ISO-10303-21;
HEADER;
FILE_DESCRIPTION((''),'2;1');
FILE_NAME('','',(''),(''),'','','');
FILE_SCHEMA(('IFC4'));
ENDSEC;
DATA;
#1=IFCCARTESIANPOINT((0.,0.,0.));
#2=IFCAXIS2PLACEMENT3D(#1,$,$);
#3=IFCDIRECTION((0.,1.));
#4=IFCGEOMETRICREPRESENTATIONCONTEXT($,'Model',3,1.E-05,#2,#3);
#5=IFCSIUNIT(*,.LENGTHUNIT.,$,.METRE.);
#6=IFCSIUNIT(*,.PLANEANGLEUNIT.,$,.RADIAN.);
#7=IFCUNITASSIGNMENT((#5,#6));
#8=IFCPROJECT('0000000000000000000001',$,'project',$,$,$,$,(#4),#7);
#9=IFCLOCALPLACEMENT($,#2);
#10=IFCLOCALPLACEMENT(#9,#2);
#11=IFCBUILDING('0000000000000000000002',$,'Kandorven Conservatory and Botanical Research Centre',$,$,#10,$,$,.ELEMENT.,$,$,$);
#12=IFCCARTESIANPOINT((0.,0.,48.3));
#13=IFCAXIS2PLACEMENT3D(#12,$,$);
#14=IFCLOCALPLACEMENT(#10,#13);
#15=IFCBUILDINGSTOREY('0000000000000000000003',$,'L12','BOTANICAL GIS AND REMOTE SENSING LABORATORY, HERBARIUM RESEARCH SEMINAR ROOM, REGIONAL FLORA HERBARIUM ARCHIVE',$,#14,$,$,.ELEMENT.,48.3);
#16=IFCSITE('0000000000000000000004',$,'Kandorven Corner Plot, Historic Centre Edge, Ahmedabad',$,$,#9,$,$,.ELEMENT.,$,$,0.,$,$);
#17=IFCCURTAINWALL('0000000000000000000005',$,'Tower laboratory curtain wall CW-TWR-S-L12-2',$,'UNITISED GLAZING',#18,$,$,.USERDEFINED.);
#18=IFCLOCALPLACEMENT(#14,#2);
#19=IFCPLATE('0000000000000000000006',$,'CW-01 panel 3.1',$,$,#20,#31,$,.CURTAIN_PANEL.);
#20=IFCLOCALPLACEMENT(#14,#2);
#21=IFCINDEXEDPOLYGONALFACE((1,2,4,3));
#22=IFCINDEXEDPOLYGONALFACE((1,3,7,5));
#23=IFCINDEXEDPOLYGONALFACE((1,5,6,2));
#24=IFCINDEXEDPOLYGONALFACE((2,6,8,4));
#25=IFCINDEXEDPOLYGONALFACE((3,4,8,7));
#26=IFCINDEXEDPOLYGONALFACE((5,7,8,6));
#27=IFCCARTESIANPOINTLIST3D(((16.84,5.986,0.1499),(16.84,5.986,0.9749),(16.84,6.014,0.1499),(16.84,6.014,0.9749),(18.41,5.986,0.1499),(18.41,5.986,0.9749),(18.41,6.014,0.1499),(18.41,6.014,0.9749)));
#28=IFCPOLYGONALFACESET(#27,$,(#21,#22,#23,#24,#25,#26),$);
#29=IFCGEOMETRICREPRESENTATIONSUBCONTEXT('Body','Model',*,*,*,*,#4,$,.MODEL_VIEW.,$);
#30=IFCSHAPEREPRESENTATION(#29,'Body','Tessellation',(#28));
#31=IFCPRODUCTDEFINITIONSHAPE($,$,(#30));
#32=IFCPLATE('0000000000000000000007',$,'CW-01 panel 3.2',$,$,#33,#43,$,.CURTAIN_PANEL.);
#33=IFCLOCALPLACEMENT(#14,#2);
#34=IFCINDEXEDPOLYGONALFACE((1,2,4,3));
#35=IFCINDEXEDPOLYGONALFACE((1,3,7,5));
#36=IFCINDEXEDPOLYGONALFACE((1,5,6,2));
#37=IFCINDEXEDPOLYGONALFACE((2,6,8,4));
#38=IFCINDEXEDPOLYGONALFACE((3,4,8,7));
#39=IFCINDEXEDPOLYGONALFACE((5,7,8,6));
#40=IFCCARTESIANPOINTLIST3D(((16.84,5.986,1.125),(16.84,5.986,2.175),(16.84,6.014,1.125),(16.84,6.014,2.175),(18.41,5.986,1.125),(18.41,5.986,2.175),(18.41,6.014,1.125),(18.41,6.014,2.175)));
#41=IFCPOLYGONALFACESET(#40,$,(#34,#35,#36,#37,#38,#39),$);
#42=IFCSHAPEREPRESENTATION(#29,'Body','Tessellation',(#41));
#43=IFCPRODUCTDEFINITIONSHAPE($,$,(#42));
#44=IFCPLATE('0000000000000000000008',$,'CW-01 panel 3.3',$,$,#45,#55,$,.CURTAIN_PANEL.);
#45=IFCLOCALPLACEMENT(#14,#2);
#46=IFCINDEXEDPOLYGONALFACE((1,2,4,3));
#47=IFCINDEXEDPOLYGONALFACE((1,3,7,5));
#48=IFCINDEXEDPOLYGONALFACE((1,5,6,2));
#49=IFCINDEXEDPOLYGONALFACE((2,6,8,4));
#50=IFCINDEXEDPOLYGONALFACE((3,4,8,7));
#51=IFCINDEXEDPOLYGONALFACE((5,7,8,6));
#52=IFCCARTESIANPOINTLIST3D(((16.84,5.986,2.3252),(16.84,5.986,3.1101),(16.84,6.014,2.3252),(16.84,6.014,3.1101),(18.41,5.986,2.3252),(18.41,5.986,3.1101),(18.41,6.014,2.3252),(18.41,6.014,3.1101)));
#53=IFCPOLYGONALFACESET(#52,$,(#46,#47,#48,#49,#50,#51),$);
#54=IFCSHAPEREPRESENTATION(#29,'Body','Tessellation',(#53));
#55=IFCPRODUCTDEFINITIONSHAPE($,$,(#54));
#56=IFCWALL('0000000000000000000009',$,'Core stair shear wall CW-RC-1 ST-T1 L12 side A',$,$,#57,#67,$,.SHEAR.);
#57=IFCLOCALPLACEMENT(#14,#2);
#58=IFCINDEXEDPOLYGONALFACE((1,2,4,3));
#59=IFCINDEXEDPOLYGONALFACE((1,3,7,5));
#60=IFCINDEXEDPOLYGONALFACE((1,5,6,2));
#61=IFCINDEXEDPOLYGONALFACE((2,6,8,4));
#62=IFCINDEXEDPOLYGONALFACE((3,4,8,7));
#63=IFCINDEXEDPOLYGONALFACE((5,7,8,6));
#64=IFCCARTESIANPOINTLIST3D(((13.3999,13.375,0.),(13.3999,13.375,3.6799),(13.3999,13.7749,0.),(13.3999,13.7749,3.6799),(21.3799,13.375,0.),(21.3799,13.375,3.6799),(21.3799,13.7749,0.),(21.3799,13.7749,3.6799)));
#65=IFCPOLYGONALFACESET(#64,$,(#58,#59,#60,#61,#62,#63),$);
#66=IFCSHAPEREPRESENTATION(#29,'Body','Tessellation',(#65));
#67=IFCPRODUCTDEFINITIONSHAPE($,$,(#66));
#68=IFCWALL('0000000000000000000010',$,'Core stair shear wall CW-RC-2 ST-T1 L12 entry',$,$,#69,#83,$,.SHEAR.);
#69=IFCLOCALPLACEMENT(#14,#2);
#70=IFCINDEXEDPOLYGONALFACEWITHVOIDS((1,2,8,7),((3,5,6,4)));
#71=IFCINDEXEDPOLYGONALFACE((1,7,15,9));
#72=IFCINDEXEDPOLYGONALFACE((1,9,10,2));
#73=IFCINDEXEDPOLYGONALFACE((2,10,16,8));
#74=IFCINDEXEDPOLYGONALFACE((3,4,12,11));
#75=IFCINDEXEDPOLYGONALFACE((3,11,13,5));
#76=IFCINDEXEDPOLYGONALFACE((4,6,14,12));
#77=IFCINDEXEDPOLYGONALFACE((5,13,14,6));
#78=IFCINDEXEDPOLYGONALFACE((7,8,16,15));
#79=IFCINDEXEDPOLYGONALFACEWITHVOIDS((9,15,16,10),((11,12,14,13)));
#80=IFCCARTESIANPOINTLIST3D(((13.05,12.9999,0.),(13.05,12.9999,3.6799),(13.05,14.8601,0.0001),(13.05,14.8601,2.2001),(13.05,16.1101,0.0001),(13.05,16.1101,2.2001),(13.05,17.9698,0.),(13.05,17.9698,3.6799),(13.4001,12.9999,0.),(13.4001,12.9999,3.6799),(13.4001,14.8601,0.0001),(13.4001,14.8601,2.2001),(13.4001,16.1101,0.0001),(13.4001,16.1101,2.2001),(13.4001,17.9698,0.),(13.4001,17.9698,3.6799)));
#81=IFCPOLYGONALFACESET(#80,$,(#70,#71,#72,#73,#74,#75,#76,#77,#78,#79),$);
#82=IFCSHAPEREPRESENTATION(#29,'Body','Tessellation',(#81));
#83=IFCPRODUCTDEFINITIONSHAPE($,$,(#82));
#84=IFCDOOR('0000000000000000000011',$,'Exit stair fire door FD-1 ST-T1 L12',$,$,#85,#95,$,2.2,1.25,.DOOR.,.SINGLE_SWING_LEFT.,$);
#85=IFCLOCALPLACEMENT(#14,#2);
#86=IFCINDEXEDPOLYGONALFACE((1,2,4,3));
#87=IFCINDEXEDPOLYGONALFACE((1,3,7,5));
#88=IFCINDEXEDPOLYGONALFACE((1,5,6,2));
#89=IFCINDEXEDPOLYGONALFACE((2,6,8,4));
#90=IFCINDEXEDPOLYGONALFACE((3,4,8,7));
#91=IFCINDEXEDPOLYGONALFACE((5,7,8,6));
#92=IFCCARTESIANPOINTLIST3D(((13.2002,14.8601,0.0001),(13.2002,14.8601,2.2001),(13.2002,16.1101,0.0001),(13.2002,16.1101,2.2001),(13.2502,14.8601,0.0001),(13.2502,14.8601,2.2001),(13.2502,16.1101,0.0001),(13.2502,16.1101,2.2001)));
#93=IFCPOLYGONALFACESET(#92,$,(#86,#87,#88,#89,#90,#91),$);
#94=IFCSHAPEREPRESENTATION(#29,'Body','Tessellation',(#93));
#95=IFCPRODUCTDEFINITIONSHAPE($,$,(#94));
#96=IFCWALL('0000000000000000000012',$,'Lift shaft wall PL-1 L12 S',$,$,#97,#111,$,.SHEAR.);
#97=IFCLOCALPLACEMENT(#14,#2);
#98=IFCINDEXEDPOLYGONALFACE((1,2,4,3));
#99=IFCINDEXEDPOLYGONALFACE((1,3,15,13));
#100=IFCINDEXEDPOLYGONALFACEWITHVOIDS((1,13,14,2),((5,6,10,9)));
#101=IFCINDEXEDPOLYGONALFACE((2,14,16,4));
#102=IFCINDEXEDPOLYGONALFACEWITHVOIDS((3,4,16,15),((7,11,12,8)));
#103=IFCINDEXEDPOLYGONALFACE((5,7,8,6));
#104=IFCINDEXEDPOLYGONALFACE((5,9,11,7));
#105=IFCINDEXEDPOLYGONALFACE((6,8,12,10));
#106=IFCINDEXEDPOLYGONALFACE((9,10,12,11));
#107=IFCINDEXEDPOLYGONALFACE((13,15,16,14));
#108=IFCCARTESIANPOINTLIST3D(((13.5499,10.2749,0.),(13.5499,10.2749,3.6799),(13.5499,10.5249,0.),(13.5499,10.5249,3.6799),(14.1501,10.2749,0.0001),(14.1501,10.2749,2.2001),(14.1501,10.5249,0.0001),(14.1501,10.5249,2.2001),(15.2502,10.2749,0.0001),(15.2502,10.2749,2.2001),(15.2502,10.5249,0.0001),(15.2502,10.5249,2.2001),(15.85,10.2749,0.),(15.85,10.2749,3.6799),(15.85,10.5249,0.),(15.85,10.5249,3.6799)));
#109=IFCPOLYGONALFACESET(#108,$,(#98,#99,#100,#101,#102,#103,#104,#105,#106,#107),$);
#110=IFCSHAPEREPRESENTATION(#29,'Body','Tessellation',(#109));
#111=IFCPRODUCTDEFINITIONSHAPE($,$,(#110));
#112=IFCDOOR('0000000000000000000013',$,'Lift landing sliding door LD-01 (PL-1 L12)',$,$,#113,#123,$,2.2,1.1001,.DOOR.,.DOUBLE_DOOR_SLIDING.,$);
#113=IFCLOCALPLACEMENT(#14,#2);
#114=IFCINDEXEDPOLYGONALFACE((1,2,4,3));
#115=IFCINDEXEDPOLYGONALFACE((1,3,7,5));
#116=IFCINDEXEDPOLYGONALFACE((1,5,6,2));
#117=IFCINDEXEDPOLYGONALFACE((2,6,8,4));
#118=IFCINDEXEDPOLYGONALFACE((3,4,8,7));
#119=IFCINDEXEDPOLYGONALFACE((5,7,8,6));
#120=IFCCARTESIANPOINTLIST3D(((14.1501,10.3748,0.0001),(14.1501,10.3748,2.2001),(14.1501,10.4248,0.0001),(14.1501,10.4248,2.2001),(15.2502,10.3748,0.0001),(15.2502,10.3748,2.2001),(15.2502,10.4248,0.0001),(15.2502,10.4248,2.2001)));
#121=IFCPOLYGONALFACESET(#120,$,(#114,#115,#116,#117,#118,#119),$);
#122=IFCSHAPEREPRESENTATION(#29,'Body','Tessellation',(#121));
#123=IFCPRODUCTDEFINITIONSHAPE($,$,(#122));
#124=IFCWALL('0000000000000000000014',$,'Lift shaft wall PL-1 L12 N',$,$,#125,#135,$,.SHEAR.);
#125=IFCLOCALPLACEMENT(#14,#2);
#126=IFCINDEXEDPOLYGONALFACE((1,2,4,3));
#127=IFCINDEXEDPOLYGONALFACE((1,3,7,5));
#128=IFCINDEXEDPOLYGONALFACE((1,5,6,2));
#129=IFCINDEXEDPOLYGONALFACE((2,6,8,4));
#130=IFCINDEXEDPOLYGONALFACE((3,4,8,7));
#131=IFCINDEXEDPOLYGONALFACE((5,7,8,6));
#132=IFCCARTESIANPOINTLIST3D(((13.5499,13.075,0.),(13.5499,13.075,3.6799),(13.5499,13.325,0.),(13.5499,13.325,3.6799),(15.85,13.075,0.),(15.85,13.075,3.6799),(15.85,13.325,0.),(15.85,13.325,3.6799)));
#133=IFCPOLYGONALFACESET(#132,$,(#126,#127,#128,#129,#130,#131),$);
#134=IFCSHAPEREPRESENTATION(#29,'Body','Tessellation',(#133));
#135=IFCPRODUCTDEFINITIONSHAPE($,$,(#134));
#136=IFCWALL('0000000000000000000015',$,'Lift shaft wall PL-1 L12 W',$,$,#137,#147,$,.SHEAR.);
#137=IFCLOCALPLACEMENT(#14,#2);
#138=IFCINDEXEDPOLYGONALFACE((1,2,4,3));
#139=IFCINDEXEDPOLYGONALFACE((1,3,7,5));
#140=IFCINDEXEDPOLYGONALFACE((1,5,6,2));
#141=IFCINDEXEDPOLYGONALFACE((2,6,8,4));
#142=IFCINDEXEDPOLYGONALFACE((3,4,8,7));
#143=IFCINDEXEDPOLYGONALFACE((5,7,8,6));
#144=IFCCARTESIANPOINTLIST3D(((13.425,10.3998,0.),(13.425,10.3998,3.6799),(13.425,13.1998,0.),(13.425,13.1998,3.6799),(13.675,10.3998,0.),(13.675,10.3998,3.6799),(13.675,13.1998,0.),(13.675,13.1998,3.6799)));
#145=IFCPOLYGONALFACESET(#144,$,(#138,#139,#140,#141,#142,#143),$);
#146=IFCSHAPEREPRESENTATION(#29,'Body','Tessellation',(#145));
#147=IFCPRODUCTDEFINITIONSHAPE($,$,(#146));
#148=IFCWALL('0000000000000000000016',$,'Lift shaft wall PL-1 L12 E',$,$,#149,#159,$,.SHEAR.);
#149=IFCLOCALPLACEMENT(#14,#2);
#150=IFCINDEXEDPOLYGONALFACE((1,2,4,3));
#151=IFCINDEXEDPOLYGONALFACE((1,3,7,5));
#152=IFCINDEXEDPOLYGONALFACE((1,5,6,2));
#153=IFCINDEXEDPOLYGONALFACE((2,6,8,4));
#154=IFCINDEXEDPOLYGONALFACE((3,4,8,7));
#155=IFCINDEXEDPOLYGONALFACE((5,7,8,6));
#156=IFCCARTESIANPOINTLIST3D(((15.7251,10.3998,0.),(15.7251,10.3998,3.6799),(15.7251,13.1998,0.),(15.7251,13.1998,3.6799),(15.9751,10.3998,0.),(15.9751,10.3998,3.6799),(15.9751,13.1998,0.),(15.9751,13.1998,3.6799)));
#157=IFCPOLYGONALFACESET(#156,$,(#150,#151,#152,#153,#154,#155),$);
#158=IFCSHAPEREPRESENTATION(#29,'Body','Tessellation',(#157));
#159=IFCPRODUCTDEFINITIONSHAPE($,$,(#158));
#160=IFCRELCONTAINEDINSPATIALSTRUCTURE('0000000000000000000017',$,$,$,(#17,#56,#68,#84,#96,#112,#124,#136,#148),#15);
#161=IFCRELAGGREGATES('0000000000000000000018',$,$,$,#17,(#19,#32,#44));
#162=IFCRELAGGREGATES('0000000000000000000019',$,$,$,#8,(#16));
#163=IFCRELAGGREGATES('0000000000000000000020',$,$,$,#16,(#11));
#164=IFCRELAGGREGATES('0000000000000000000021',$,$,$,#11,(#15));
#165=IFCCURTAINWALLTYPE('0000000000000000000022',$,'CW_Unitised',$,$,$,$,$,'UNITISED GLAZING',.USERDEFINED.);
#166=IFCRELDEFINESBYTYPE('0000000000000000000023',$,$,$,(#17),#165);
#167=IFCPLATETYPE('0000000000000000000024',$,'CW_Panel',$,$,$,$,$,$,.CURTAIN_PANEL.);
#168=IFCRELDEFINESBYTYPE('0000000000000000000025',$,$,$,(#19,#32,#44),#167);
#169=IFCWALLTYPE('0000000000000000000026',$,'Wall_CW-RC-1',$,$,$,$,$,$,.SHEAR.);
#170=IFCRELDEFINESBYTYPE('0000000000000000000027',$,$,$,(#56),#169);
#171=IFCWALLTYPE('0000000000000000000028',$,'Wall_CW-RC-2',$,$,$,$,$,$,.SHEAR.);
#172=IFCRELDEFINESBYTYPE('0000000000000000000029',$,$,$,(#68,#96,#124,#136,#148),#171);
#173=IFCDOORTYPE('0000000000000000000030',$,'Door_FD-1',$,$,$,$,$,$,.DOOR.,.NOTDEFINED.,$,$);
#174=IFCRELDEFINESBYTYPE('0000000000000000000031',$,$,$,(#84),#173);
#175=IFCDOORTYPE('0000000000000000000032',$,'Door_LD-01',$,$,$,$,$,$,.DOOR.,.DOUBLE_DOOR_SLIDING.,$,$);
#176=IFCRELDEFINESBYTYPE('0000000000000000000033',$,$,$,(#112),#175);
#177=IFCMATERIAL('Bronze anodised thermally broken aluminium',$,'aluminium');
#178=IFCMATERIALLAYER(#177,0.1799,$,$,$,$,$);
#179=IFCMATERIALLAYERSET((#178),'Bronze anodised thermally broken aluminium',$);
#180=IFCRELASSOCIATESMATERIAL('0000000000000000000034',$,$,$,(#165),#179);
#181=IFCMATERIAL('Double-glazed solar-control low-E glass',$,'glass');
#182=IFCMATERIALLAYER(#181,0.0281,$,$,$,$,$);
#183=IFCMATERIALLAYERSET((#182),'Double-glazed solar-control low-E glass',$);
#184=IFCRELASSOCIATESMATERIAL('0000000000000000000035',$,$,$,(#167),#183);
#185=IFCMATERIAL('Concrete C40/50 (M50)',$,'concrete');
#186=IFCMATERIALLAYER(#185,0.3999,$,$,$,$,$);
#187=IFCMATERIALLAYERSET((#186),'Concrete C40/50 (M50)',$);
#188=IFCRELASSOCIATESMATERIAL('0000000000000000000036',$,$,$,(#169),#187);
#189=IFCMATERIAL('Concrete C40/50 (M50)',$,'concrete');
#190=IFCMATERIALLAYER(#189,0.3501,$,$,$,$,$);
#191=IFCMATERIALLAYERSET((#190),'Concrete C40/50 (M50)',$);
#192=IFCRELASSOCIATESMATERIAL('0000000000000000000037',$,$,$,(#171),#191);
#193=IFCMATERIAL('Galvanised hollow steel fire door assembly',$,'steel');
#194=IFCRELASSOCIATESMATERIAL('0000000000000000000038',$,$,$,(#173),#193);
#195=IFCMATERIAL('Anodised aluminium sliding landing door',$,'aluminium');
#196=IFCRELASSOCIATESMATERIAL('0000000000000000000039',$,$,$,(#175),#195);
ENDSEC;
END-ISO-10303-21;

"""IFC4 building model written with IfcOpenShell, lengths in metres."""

from ifc_helpers import new_model, si_unit, direction, frame, frame_2d, origin, origin_2d, place, context, subcontext, project, spatial, rectangle, extrude, material, layer, layer_set, type_object, element, fill, aggregate, save


model = new_model("IFC4")

# Units and contexts
model_context = context("Model", 3, precision=1e-05, world=origin(), true_north=direction((0.0, 1.0)))
body_context = subcontext(model_context, "Body", "Model", "MODEL_VIEW")
ifc_project = project(units=[si_unit("LENGTHUNIT", "METRE"), si_unit("PLANEANGLEUNIT", "RADIAN")], contexts=[model_context])

# Site, building, storey
site_placement = place(None, origin())
site = spatial("IfcSite", under=ifc_project, at=site_placement, Name="Kandorven Corner Plot, Historic Centre Edge, Ahmedabad", CompositionType="ELEMENT", RefElevation=0.0)
building_placement = place(site_placement, origin())
building = spatial("IfcBuilding", under=site, at=building_placement, Name="Kandorven Conservatory and Botanical Research Centre", CompositionType="ELEMENT")
storey_placement = place(building_placement, frame((0.0, 0.0, 48.3)))
storey = spatial("IfcBuildingStorey", under=building, at=storey_placement, Name="L12", Description="BOTANICAL GIS AND REMOTE SENSING LABORATORY, HERBARIUM RESEARCH SEMINAR ROOM, REGIONAL FLORA HERBARIUM ARCHIVE", CompositionType="ELEMENT", Elevation=48.3)

# Curtain wall
ifc_material_1 = material(Name="Bronze anodised thermally broken aluminium", Category="aluminium")
ifc_layer_1 = layer(ifc_material_1, 0.1799)
ifc_layer_set_1 = layer_set([ifc_layer_1], Name="Bronze anodised thermally broken aluminium")
curtain_wall_type = type_object("IfcCurtainWallType", Name="CW_Unitised", ElementType="UNITISED GLAZING", PredefinedType="USERDEFINED", material=ifc_layer_set_1)
curtain_wall_placement = place(storey_placement, origin())
curtain_wall = element("IfcCurtainWall", 1, at=curtain_wall_placement, inside=storey, type_object=curtain_wall_type, Name="Tower laboratory curtain wall CW-TWR-S-L12-2", ObjectType="UNITISED GLAZING", PredefinedType="USERDEFINED")

# Plates
ifc_material_2 = material(Name="Double-glazed solar-control low-E glass", Category="glass")
ifc_layer_2 = layer(ifc_material_2, 0.0281)
ifc_layer_set_2 = layer_set([ifc_layer_2], Name="Double-glazed solar-control low-E glass")
plate_type = type_object("IfcPlateType", Name="CW_Panel", PredefinedType="CURTAIN_PANEL", material=ifc_layer_set_2)
plate_1_placement = place(storey_placement, frame((17.625, 6.0, 0.1499), z_axis=(0.0, 0.0, 1.0), x_axis=(1.0, 0.0, 0.0)))
plate_1 = element("IfcPlate", 2, at=plate_1_placement, type_object=plate_type, Name="CW-01 panel 3.1", PredefinedType="CURTAIN_PANEL", context=body_context, shape_type="SweptSolid", body=[
    extrude(rectangle(XDim=1.5701, YDim=0.0281, at=origin_2d()), origin(), (0.0, 0.0, 1.0), 0.825),
])
plate_2_placement = place(storey_placement, frame((17.625, 6.0, 1.125), z_axis=(0.0, 0.0, 1.0), x_axis=(1.0, 0.0, 0.0)))
plate_2 = element("IfcPlate", 3, at=plate_2_placement, type_object=plate_type, Name="CW-01 panel 3.2", PredefinedType="CURTAIN_PANEL", context=body_context, shape_type="SweptSolid", body=[
    extrude(rectangle(XDim=1.5701, YDim=0.0281, at=origin_2d()), origin(), (0.0, 0.0, 1.0), 1.05),
])
plate_3_placement = place(storey_placement, frame((17.625, 6.0, 2.3252), z_axis=(0.0, 0.0, 1.0), x_axis=(1.0, 0.0, 0.0)))
plate_3 = element("IfcPlate", 4, at=plate_3_placement, type_object=plate_type, Name="CW-01 panel 3.3", PredefinedType="CURTAIN_PANEL", context=body_context, shape_type="SweptSolid", body=[
    extrude(rectangle(XDim=1.5701, YDim=0.0281, at=origin_2d()), origin(), (0.0, 0.0, 1.0), 0.7849),
])
aggregate(curtain_wall, [plate_1, plate_2, plate_3])

# Wall
ifc_material_3 = material(Name="Concrete C40/50 (M50)", Category="concrete")
ifc_layer_3 = layer(ifc_material_3, 0.3999)
ifc_layer_set_3 = layer_set([ifc_layer_3], Name="Concrete C40/50 (M50)")
wall_type_1 = type_object("IfcWallType", Name="Wall_CW-RC-1", PredefinedType="SHEAR", material=ifc_layer_set_3)
wall_1_placement = place(storey_placement, frame((13.3999, 13.575, 0.0), z_axis=(0.0, 0.0, 1.0), x_axis=(1.0, 0.0, 0.0)))
element("IfcWall", 5, at=wall_1_placement, inside=storey, type_object=wall_type_1, Name="Core stair shear wall CW-RC-1 ST-T1 L12 side A", PredefinedType="SHEAR", context=body_context, shape_type="SweptSolid", body=[
    extrude(rectangle(XDim=7.98, YDim=0.3999, at=frame_2d((3.99, 0.0))), origin(), (0.0, 0.0, 1.0), 3.6799),
])

# Walls, openings, doors
ifc_material_4 = material(Name="Concrete C40/50 (M50)", Category="concrete")
ifc_layer_4 = layer(ifc_material_4, 0.3501)
ifc_layer_set_4 = layer_set([ifc_layer_4], Name="Concrete C40/50 (M50)")
wall_type_2 = type_object("IfcWallType", Name="Wall_CW-RC-2", PredefinedType="SHEAR", material=ifc_layer_set_4)
wall_2_placement = place(storey_placement, frame((13.2251, 13.0, 0.0), z_axis=(0.0, 0.0, 1.0), x_axis=(0.0, 1.0, 0.0)))
wall_2 = element("IfcWall", 6, at=wall_2_placement, inside=storey, type_object=wall_type_2, Name="Core stair shear wall CW-RC-2 ST-T1 L12 entry", PredefinedType="SHEAR", context=body_context, shape_type="SweptSolid", body=[
    extrude(rectangle(XDim=4.97, YDim=0.3501, at=frame_2d((2.4849, 0.0))), origin(), (0.0, 0.0, 1.0), 3.6799),
])
opening_1_placement = place(wall_2_placement, frame((1.8601, 0.0, 0.0)))
opening_1 = element("IfcOpeningElement", 7, at=opening_1_placement, cuts=wall_2, PredefinedType="OPENING", context=body_context, shape_type="SweptSolid", body=[
    extrude(rectangle(XDim=1.25, YDim=2.2, at=frame_2d((0.625, 1.1001))), frame((0.0, 0.1851, 0.0), z_axis=(0.0, -1.0, 0.0), x_axis=(1.0, 0.0, 0.0)), (0.0, 0.0, 1.0), 0.3701),
])
ifc_material_5 = material(Name="Galvanised hollow steel fire door assembly", Category="steel")
door_type_1 = type_object("IfcDoorType", Name="Door_FD-1", OperationType="NOTDEFINED", PredefinedType="DOOR", material=ifc_material_5)
door_1_placement = place(opening_1_placement, origin())
door_1 = element("IfcDoor", 8, at=door_1_placement, inside=storey, type_object=door_type_1, Name="Exit stair fire door FD-1 ST-T1 L12", OperationType="SINGLE_SWING_LEFT", OverallHeight=2.2, OverallWidth=1.25, PredefinedType="DOOR", context=body_context, shape_type="SweptSolid", body=[
    extrude(rectangle(XDim=1.25, YDim=2.2, at=frame_2d((0.625, 1.1001))), frame((0.0, 0.0249, 0.0), z_axis=(0.0, -1.0, 0.0), x_axis=(1.0, 0.0, 0.0)), (0.0, 0.0, 1.0), 0.05),
])
fill(opening_1, door_1)
wall_3_placement = place(storey_placement, frame((13.55, 10.3999, 0.0), z_axis=(0.0, 0.0, 1.0), x_axis=(1.0, 0.0, 0.0)))
wall_3 = element("IfcWall", 9, at=wall_3_placement, inside=storey, type_object=wall_type_2, Name="Lift shaft wall PL-1 L12 S", PredefinedType="SHEAR", context=body_context, shape_type="SweptSolid", body=[
    extrude(rectangle(XDim=2.3, YDim=0.25, at=frame_2d((1.1499, 0.0))), origin(), (0.0, 0.0, 1.0), 3.6799),
])
opening_2_placement = place(wall_3_placement, frame((0.6001, 0.0, 0.0)))
opening_2 = element("IfcOpeningElement", 10, at=opening_2_placement, cuts=wall_3, PredefinedType="OPENING", context=body_context, shape_type="SweptSolid", body=[
    extrude(rectangle(XDim=1.1001, YDim=2.2, at=frame_2d((0.55, 1.1001))), frame((0.0, 0.135, 0.0), z_axis=(0.0, -1.0, 0.0), x_axis=(1.0, 0.0, 0.0)), (0.0, 0.0, 1.0), 0.27),
])
ifc_material_6 = material(Name="Anodised aluminium sliding landing door", Category="aluminium")
door_type_2 = type_object("IfcDoorType", Name="Door_LD-01", OperationType="DOUBLE_DOOR_SLIDING", PredefinedType="DOOR", material=ifc_material_6)
door_2_placement = place(opening_2_placement, origin())
door_2 = element("IfcDoor", 11, at=door_2_placement, inside=storey, type_object=door_type_2, Name="Lift landing sliding door LD-01 (PL-1 L12)", OperationType="DOUBLE_DOOR_SLIDING", OverallHeight=2.2, OverallWidth=1.1001, PredefinedType="DOOR", context=body_context, shape_type="SweptSolid", body=[
    extrude(rectangle(XDim=1.1001, YDim=2.2, at=frame_2d((0.55, 1.1001))), frame((0.0, 0.0249, 0.0), z_axis=(0.0, -1.0, 0.0), x_axis=(1.0, 0.0, 0.0)), (0.0, 0.0, 1.0), 0.05),
])
fill(opening_2, door_2)

# Walls
wall_4_placement = place(storey_placement, frame((13.55, 13.2, 0.0), z_axis=(0.0, 0.0, 1.0), x_axis=(1.0, 0.0, 0.0)))
element("IfcWall", 12, at=wall_4_placement, inside=storey, type_object=wall_type_2, Name="Lift shaft wall PL-1 L12 N", PredefinedType="SHEAR", context=body_context, shape_type="SweptSolid", body=[
    extrude(rectangle(XDim=2.3, YDim=0.25, at=frame_2d((1.1499, 0.0))), origin(), (0.0, 0.0, 1.0), 3.6799),
])
for number, where, z_axis, x_axis, name in (
    (13, (13.55, 10.3999, 0.0), (0.0, 0.0, 1.0), (0.0, 1.0, 0.0), "Lift shaft wall PL-1 L12 W"),
    (14, (15.8501, 10.3999, 0.0), (0.0, 0.0, 1.0), (0.0, 1.0, 0.0), "Lift shaft wall PL-1 L12 E"),
):
    element("IfcWall", number, at=place(storey_placement, frame(where, z_axis=z_axis, x_axis=x_axis)), inside=storey, type_object=wall_type_2, Name=name, PredefinedType="SHEAR", context=body_context, shape_type="SweptSolid", body=[
        extrude(rectangle(XDim=2.8, YDim=0.25, at=frame_2d((1.3999, 0.0))), origin(), (0.0, 0.0, 1.0), 3.6799),
    ])

save(model, "model.ifc")
